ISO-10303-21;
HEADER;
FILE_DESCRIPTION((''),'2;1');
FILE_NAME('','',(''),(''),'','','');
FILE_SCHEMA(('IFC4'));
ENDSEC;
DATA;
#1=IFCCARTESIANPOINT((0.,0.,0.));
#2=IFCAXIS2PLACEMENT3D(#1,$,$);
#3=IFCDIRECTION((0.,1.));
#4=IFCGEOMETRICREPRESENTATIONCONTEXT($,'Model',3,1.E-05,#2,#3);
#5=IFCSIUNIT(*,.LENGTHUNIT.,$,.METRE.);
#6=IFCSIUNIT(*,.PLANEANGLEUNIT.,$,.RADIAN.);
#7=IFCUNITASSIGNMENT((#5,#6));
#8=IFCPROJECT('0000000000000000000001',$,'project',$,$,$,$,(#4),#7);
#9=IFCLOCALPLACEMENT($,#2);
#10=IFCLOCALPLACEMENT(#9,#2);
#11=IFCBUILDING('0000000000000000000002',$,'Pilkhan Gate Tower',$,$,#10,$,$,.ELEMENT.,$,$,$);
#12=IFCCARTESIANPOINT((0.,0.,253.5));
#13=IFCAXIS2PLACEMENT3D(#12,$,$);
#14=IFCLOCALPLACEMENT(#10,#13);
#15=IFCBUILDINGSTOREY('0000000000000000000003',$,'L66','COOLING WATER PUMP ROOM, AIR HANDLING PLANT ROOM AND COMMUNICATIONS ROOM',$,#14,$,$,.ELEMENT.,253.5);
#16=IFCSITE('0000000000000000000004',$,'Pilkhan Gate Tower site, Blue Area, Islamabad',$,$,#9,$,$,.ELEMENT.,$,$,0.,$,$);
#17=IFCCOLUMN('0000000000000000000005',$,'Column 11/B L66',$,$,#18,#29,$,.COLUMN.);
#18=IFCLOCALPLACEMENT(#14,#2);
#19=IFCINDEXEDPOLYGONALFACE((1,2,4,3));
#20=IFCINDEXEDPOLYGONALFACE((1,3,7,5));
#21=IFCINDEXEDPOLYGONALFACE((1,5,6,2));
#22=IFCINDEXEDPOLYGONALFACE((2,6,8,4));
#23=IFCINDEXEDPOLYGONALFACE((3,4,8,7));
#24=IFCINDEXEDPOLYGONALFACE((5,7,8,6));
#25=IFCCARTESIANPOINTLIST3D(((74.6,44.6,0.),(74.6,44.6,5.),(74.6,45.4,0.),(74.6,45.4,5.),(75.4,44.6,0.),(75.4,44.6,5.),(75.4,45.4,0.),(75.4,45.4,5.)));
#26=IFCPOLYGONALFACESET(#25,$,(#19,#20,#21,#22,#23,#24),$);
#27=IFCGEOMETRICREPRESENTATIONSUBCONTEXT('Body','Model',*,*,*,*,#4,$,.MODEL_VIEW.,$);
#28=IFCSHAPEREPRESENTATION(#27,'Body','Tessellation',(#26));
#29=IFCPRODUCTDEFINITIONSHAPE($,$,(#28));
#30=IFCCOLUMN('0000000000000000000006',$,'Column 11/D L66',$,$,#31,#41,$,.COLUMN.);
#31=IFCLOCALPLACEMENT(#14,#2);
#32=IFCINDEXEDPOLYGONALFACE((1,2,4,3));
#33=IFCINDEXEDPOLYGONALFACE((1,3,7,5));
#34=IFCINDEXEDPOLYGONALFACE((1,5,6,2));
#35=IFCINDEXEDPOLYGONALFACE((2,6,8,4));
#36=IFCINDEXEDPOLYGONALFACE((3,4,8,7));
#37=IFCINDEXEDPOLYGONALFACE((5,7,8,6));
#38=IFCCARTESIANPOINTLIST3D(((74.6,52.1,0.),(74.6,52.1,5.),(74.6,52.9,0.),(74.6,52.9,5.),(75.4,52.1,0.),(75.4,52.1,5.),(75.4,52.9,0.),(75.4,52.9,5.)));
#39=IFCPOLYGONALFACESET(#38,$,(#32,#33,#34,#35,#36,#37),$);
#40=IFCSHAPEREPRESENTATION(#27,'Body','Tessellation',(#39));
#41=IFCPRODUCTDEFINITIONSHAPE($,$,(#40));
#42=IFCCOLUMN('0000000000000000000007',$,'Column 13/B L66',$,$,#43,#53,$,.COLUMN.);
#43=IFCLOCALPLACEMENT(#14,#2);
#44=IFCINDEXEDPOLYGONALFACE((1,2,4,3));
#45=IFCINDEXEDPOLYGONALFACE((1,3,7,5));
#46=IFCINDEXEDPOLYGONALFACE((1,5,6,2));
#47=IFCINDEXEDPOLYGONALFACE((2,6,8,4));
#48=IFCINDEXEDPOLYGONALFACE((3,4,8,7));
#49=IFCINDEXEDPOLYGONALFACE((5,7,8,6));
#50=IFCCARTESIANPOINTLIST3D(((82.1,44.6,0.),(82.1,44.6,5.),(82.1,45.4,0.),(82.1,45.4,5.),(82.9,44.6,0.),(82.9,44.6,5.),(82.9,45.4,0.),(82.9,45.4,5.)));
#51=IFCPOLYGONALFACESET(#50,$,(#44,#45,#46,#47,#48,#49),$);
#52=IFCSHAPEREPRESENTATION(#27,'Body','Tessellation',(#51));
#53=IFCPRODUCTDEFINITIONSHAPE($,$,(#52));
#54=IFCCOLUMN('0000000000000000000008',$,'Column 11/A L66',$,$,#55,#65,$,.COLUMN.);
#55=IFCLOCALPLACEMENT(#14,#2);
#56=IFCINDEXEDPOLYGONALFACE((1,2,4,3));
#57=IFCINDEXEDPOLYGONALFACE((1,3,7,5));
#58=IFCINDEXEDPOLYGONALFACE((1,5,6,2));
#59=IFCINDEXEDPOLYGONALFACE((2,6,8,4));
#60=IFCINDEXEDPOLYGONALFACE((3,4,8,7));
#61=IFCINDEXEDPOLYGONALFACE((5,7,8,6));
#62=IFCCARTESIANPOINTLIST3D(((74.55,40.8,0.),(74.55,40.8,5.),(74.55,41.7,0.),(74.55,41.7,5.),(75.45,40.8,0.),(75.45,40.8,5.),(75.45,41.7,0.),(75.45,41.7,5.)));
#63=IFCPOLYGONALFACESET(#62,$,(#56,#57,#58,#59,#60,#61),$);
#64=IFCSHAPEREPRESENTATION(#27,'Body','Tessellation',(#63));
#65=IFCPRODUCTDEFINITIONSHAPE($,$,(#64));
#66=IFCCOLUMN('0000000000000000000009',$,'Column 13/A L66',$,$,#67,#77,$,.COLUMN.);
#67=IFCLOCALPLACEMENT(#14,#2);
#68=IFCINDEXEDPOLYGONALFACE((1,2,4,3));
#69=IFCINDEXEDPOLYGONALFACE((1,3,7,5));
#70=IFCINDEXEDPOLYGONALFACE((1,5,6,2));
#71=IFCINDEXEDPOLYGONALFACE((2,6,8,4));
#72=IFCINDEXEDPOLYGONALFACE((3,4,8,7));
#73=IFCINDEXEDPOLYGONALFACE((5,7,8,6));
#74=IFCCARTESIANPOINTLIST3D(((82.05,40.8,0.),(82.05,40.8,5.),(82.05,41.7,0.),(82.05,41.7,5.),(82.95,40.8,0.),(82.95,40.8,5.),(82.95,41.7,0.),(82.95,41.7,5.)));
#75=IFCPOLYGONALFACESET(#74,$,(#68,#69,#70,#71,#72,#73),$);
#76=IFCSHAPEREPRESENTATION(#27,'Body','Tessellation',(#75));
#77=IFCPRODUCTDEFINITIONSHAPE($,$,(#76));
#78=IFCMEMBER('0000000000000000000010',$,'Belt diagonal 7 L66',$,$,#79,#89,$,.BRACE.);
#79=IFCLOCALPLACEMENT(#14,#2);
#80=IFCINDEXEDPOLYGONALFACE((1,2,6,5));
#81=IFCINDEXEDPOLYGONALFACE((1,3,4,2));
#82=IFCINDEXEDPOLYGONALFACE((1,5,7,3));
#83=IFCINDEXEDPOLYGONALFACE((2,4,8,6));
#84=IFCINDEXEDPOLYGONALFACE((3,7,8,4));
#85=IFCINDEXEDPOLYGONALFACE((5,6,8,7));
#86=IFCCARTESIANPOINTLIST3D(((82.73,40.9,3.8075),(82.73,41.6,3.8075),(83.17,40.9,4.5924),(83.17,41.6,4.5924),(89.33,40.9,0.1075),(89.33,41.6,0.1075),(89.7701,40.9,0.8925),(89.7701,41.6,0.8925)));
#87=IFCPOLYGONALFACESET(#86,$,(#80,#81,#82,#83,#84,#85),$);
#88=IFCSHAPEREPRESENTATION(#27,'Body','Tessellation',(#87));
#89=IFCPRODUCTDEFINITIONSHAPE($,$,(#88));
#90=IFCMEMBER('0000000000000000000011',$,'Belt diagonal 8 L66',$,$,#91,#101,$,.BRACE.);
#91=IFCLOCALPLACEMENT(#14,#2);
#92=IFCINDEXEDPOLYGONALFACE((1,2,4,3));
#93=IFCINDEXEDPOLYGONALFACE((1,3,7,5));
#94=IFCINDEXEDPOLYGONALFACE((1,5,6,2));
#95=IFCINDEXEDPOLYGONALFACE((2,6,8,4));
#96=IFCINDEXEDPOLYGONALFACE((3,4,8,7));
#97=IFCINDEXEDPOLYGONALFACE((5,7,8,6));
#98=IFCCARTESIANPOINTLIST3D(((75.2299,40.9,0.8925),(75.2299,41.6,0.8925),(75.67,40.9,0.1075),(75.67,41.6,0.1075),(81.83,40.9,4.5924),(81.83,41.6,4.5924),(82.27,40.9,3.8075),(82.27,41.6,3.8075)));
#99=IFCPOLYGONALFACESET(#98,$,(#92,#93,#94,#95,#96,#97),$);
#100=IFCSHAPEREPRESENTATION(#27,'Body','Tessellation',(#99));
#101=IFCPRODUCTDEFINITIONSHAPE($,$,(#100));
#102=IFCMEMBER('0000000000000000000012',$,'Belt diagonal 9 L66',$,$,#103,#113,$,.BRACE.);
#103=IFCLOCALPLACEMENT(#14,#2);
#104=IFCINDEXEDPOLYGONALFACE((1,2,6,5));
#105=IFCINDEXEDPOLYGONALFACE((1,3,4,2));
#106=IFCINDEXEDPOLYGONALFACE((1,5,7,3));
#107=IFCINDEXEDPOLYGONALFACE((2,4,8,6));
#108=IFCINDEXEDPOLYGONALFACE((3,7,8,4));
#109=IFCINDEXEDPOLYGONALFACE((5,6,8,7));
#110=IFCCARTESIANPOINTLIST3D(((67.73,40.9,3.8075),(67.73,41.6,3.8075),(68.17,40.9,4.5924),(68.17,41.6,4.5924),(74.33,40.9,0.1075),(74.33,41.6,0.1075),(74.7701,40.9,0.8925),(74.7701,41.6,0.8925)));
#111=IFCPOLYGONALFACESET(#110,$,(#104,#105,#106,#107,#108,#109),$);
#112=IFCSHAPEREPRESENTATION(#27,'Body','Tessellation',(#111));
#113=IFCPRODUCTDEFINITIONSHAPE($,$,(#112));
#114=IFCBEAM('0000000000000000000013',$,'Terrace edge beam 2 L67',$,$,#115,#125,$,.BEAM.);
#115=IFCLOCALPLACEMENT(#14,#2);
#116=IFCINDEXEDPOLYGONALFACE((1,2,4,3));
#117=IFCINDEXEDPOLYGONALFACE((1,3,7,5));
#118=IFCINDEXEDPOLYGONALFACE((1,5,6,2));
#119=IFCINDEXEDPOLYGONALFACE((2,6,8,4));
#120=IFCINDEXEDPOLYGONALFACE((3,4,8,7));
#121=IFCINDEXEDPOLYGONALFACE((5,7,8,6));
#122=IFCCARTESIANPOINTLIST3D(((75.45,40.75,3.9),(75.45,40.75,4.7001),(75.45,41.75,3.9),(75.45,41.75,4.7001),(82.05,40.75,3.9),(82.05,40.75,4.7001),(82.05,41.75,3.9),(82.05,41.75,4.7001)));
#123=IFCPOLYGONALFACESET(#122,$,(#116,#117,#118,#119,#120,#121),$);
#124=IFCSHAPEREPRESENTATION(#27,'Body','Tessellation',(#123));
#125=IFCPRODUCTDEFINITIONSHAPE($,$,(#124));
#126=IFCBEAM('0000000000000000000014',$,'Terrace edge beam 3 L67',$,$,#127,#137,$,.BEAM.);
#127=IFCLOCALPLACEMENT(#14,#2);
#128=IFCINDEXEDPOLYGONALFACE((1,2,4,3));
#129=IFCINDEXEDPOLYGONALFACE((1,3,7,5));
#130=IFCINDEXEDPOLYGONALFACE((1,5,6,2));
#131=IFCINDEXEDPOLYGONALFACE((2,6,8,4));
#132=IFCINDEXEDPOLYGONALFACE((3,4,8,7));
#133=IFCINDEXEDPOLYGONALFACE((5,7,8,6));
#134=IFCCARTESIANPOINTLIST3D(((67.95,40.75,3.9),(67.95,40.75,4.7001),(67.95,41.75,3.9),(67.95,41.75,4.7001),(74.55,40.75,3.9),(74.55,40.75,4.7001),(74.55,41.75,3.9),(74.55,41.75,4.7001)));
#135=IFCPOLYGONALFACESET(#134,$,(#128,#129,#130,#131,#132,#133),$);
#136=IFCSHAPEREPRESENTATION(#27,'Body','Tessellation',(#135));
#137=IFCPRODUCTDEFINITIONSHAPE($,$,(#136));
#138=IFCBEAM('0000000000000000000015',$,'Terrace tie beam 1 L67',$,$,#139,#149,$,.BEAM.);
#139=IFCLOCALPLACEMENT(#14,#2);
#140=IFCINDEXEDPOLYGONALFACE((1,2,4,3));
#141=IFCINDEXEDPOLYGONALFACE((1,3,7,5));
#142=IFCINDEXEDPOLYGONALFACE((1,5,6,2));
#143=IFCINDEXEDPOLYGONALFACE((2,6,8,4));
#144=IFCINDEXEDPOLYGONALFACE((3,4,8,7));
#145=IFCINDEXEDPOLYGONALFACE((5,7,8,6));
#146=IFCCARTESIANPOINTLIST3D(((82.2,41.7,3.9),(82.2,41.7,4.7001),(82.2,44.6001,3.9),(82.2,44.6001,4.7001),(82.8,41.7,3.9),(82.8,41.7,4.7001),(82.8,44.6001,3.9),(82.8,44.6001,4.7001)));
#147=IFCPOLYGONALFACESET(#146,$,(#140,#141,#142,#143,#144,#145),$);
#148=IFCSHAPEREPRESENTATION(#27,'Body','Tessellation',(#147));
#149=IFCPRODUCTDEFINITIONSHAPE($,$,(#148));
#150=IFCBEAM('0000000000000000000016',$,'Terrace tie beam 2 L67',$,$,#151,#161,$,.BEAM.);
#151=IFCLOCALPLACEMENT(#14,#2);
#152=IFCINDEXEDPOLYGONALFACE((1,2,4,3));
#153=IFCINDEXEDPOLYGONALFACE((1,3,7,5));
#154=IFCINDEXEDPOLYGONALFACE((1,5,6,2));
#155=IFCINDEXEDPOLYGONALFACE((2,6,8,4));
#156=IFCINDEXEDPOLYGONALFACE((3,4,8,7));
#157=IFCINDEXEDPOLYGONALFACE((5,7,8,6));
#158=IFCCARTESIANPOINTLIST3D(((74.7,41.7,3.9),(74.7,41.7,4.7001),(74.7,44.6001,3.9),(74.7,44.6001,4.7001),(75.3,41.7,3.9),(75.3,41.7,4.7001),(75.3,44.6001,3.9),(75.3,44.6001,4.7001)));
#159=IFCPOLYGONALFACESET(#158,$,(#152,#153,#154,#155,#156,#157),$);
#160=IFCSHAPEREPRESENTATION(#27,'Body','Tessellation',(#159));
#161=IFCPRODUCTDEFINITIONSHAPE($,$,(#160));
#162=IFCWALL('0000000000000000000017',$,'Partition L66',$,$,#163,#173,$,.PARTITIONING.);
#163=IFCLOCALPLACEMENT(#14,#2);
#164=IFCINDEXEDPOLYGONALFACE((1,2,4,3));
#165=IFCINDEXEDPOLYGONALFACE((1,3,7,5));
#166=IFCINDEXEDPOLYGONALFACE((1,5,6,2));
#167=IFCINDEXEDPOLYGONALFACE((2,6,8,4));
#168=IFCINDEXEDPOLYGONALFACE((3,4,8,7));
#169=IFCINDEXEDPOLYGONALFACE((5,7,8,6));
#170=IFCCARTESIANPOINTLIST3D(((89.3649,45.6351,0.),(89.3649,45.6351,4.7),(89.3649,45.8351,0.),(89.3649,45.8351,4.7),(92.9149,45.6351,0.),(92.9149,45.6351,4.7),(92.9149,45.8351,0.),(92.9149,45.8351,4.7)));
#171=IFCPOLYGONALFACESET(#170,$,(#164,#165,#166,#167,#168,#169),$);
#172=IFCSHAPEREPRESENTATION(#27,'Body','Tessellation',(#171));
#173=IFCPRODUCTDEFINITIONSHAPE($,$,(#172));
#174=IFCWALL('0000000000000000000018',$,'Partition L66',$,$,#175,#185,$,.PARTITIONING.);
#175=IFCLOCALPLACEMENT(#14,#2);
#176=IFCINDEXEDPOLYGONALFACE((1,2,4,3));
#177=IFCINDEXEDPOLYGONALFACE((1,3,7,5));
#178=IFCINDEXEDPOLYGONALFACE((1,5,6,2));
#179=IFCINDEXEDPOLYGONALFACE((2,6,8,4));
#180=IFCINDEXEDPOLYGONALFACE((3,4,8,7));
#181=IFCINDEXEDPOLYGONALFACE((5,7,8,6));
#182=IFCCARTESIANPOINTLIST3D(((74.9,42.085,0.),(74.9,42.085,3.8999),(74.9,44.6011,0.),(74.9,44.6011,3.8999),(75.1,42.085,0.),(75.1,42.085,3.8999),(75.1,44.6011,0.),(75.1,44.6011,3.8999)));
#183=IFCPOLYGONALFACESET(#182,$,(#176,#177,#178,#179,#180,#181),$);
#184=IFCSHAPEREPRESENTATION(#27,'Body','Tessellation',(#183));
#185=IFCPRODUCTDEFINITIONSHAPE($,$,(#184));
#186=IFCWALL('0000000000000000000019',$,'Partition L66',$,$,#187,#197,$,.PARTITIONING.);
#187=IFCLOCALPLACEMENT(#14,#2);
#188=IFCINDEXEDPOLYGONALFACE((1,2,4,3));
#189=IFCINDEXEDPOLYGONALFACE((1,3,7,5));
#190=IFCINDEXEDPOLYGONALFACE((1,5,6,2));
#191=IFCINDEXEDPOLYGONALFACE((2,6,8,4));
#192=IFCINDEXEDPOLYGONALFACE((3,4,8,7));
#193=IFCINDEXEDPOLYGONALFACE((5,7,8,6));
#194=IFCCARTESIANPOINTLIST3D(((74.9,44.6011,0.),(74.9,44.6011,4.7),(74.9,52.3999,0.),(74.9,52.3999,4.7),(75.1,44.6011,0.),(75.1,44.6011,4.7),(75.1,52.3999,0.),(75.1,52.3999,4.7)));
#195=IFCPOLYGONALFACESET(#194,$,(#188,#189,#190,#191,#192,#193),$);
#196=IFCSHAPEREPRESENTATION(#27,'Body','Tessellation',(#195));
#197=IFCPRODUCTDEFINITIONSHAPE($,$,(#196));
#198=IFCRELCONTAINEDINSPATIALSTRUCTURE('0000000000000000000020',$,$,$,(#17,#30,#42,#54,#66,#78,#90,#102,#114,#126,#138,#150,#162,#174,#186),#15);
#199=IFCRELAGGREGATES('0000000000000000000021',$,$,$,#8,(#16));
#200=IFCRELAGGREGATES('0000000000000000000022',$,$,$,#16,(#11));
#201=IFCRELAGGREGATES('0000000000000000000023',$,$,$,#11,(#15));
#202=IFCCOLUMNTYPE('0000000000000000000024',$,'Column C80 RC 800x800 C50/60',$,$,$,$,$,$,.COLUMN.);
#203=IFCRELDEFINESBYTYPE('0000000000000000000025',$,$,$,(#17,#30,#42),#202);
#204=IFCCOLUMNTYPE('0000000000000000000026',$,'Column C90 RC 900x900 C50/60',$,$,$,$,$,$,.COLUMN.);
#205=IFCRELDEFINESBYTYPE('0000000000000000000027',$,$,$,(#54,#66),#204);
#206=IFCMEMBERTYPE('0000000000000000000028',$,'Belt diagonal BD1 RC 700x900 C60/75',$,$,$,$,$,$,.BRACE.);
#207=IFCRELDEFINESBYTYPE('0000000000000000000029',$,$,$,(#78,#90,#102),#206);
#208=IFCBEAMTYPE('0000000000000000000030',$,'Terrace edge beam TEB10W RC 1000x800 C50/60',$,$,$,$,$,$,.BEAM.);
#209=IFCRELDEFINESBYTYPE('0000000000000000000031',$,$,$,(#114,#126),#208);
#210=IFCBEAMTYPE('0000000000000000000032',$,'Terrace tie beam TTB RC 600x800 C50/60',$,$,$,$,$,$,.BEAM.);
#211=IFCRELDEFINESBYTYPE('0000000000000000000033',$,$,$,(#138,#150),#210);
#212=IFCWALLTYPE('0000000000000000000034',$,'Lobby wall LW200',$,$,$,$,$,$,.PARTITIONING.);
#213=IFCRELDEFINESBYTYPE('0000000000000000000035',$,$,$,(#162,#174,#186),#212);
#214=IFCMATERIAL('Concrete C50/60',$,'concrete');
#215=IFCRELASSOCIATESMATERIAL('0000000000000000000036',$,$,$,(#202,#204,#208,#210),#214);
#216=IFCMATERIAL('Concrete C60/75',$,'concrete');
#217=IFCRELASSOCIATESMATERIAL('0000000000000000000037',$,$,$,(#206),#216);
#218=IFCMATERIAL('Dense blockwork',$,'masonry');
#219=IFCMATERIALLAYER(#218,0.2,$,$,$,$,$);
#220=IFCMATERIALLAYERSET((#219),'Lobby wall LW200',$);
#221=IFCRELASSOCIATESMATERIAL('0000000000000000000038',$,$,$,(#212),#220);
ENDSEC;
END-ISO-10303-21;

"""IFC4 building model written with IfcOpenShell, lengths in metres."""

from ifc_helpers import new_model, si_unit, direction, frame, frame_2d, origin, origin_2d, place, context, subcontext, project, spatial, rectangle, extrude, material, layer, layer_set, material_profile, profile_set, type_object, element, save


model = new_model("IFC4")

# Units and contexts
model_context = context("Model", 3, precision=1e-05, world=origin(), true_north=direction((0.0, 1.0)))
body_context = subcontext(model_context, "Body", "Model", "MODEL_VIEW")
ifc_project = project(units=[si_unit("LENGTHUNIT", "METRE"), si_unit("PLANEANGLEUNIT", "RADIAN")], contexts=[model_context])

# Site, building, storey
site_placement = place(None, origin())
site = spatial("IfcSite", under=ifc_project, at=site_placement, Name="Pilkhan Gate Tower site, Blue Area, Islamabad", CompositionType="ELEMENT", RefElevation=0.0)
building_placement = place(site_placement, origin())
building = spatial("IfcBuilding", under=site, at=building_placement, Name="Pilkhan Gate Tower", CompositionType="ELEMENT")
storey_placement = place(building_placement, frame((0.0, 0.0, 253.5)))
storey = spatial("IfcBuildingStorey", under=building, at=storey_placement, Name="L66", Description="COOLING WATER PUMP ROOM, AIR HANDLING PLANT ROOM AND COMMUNICATIONS ROOM", CompositionType="ELEMENT", Elevation=253.5)

# Columns
ifc_material_1 = material(Name="Concrete C50/60", Category="concrete")
ifc_material_profile_1 = material_profile(ifc_material_1, rectangle(XDim=0.8, YDim=0.8, at=origin_2d()), Name="RC 800x800")
ifc_profile_set_1 = profile_set([ifc_material_profile_1], Name="Concrete C50/60")
column_type_1 = type_object("IfcColumnType", Name="Column C80 RC 800x800 C50/60", PredefinedType="COLUMN", material=ifc_profile_set_1)
for number, where, z_axis, x_axis, name in (
    (1, (75.0, 45.0, 0.0), (0.0, 0.0, 1.0), (1.0, 0.0, 0.0), "Column 11/B L66"),
    (2, (75.0, 52.5, 0.0), (0.0, 0.0, 1.0), (1.0, 0.0, 0.0), "Column 11/D L66"),
    (3, (82.5, 45.0, 0.0), (0.0, 0.0, 1.0), (1.0, 0.0, 0.0), "Column 13/B L66"),
):
    element("IfcColumn", number, at=place(storey_placement, frame(where, z_axis=z_axis, x_axis=x_axis)), inside=storey, type_object=column_type_1, Name=name, PredefinedType="COLUMN", context=body_context, shape_type="SweptSolid", body=[
        extrude(rectangle(XDim=0.8, YDim=0.8, at=origin_2d()), origin(), (0.0, 0.0, 1.0), 5.0),
    ])
ifc_material_profile_2 = material_profile(ifc_material_1, rectangle(XDim=0.8999, YDim=0.8999, at=origin_2d()), Name="RC 900x900")
ifc_profile_set_2 = profile_set([ifc_material_profile_2], Name="Concrete C50/60")
column_type_2 = type_object("IfcColumnType", Name="Column C90 RC 900x900 C50/60", PredefinedType="COLUMN", material=ifc_profile_set_2)
for number, where, z_axis, x_axis, name in (
    (4, (75.0, 41.25, 0.0), (0.0, 0.0, 1.0), (1.0, 0.0, 0.0), "Column 11/A L66"),
    (5, (82.5, 41.25, 0.0), (0.0, 0.0, 1.0), (1.0, 0.0, 0.0), "Column 13/A L66"),
):
    element("IfcColumn", number, at=place(storey_placement, frame(where, z_axis=z_axis, x_axis=x_axis)), inside=storey, type_object=column_type_2, Name=name, PredefinedType="COLUMN", context=body_context, shape_type="SweptSolid", body=[
        extrude(rectangle(XDim=0.8999, YDim=0.8999, at=origin_2d()), origin(), (0.0, 0.0, 1.0), 5.0),
    ])

# Members
ifc_material_2 = material(Name="Concrete C60/75", Category="concrete")
ifc_material_profile_3 = material_profile(ifc_material_2, rectangle(XDim=0.7, YDim=0.8999, at=origin_2d()), Name="RC 700x900")
ifc_profile_set_3 = profile_set([ifc_material_profile_3], Name="Concrete C60/75")
member_type = type_object("IfcMemberType", Name="Belt diagonal BD1 RC 700x900 C60/75", PredefinedType="BRACE", material=ifc_profile_set_3)
for number, where, z_axis, x_axis, name in (
    (6, (89.55, 41.25, 0.5), (-0.872286, 0.0, 0.488995), (0.0, -1.0, 0.0), "Belt diagonal 7 L66"),
    (7, (75.45, 41.25, 0.5), (0.872286, 0.0, 0.488995), (0.0, 1.0, 0.0), "Belt diagonal 8 L66"),
    (8, (74.55, 41.25, 0.5), (-0.872286, 0.0, 0.488995), (0.0, -1.0, 0.0), "Belt diagonal 9 L66"),
):
    element("IfcMember", number, at=place(storey_placement, frame(where, z_axis=z_axis, x_axis=x_axis)), inside=storey, type_object=member_type, Name=name, PredefinedType="BRACE", context=body_context, shape_type="SweptSolid", body=[
        extrude(rectangle(XDim=0.7, YDim=0.8999, at=origin_2d()), origin(), (0.0, 0.0, 1.0), 7.5664),
    ])

# Beams
ifc_material_profile_4 = material_profile(ifc_material_1, rectangle(XDim=1.0, YDim=0.8, at=origin_2d()), Name="RC 1000x800")
ifc_profile_set_4 = profile_set([ifc_material_profile_4], Name="Concrete C50/60")
beam_type_1 = type_object("IfcBeamType", Name="Terrace edge beam TEB10W RC 1000x800 C50/60", PredefinedType="BEAM", material=ifc_profile_set_4)
for number, where, z_axis, x_axis, name in (
    (9, (82.05, 41.25, 4.3), (-1.0, 0.0, 0.0), (0.0, -1.0, 0.0), "Terrace edge beam 2 L67"),
    (10, (74.55, 41.25, 4.3), (-1.0, 0.0, 0.0), (0.0, -1.0, 0.0), "Terrace edge beam 3 L67"),
):
    element("IfcBeam", number, at=place(storey_placement, frame(where, z_axis=z_axis, x_axis=x_axis)), inside=storey, type_object=beam_type_1, Name=name, PredefinedType="BEAM", context=body_context, shape_type="SweptSolid", body=[
        extrude(rectangle(XDim=1.0, YDim=0.8, at=origin_2d()), origin(), (0.0, 0.0, 1.0), 6.6001),
    ])
ifc_material_profile_5 = material_profile(ifc_material_1, rectangle(XDim=0.6001, YDim=0.8, at=origin_2d()), Name="RC 600x800")
ifc_profile_set_5 = profile_set([ifc_material_profile_5], Name="Concrete C50/60")
beam_type_2 = type_object("IfcBeamType", Name="Terrace tie beam TTB RC 600x800 C50/60", PredefinedType="BEAM", material=ifc_profile_set_5)
for number, where, z_axis, x_axis, name in (
    (11, (82.5, 41.7, 4.3), (0.0, 1.0, 0.0), (-1.0, 0.0, 0.0), "Terrace tie beam 1 L67"),
    (12, (75.0, 41.7, 4.3), (0.0, 1.0, 0.0), (-1.0, 0.0, 0.0), "Terrace tie beam 2 L67"),
):
    element("IfcBeam", number, at=place(storey_placement, frame(where, z_axis=z_axis, x_axis=x_axis)), inside=storey, type_object=beam_type_2, Name=name, PredefinedType="BEAM", context=body_context, shape_type="SweptSolid", body=[
        extrude(rectangle(XDim=0.6001, YDim=0.8, at=origin_2d()), origin(), (0.0, 0.0, 1.0), 2.9001),
    ])

# Walls
ifc_material_3 = material(Name="Dense blockwork", Category="masonry")
ifc_layer_1 = layer(ifc_material_3, 0.2)
ifc_layer_set_1 = layer_set([ifc_layer_1], Name="Lobby wall LW200")
wall_type = type_object("IfcWallType", Name="Lobby wall LW200", PredefinedType="PARTITIONING", material=ifc_layer_set_1)
wall_1_placement = place(storey_placement, frame((89.365, 45.7351, 0.0), z_axis=(0.0, 0.0, 1.0), x_axis=(1.0, 0.0, 0.0)))
element("IfcWall", 13, at=wall_1_placement, inside=storey, type_object=wall_type, Name="Partition L66", PredefinedType="PARTITIONING", context=body_context, shape_type="SweptSolid", body=[
    extrude(rectangle(XDim=3.55, YDim=0.2, at=frame_2d((1.7749, 0.0))), origin(), (0.0, 0.0, 1.0), 4.7),
])
wall_2_placement = place(storey_placement, frame((75.0, 42.085, 0.0), z_axis=(0.0, 0.0, 1.0), x_axis=(0.0, 1.0, 0.0)))
element("IfcWall", 14, at=wall_2_placement, inside=storey, type_object=wall_type, Name="Partition L66", PredefinedType="PARTITIONING", context=body_context, shape_type="SweptSolid", body=[
    extrude(rectangle(XDim=2.5161, YDim=0.2, at=frame_2d((1.2581, 0.0))), origin(), (0.0, 0.0, 1.0), 3.8999),
])
wall_3_placement = place(storey_placement, frame((75.0, 44.6011, 0.0), z_axis=(0.0, 0.0, 1.0), x_axis=(0.0, 1.0, 0.0)))
element("IfcWall", 15, at=wall_3_placement, inside=storey, type_object=wall_type, Name="Partition L66", PredefinedType="PARTITIONING", context=body_context, shape_type="SweptSolid", body=[
    extrude(rectangle(XDim=7.7988, YDim=0.2, at=frame_2d((3.8994, 0.0))), origin(), (0.0, 0.0, 1.0), 4.7),
])

save(model, "model.ifc")
